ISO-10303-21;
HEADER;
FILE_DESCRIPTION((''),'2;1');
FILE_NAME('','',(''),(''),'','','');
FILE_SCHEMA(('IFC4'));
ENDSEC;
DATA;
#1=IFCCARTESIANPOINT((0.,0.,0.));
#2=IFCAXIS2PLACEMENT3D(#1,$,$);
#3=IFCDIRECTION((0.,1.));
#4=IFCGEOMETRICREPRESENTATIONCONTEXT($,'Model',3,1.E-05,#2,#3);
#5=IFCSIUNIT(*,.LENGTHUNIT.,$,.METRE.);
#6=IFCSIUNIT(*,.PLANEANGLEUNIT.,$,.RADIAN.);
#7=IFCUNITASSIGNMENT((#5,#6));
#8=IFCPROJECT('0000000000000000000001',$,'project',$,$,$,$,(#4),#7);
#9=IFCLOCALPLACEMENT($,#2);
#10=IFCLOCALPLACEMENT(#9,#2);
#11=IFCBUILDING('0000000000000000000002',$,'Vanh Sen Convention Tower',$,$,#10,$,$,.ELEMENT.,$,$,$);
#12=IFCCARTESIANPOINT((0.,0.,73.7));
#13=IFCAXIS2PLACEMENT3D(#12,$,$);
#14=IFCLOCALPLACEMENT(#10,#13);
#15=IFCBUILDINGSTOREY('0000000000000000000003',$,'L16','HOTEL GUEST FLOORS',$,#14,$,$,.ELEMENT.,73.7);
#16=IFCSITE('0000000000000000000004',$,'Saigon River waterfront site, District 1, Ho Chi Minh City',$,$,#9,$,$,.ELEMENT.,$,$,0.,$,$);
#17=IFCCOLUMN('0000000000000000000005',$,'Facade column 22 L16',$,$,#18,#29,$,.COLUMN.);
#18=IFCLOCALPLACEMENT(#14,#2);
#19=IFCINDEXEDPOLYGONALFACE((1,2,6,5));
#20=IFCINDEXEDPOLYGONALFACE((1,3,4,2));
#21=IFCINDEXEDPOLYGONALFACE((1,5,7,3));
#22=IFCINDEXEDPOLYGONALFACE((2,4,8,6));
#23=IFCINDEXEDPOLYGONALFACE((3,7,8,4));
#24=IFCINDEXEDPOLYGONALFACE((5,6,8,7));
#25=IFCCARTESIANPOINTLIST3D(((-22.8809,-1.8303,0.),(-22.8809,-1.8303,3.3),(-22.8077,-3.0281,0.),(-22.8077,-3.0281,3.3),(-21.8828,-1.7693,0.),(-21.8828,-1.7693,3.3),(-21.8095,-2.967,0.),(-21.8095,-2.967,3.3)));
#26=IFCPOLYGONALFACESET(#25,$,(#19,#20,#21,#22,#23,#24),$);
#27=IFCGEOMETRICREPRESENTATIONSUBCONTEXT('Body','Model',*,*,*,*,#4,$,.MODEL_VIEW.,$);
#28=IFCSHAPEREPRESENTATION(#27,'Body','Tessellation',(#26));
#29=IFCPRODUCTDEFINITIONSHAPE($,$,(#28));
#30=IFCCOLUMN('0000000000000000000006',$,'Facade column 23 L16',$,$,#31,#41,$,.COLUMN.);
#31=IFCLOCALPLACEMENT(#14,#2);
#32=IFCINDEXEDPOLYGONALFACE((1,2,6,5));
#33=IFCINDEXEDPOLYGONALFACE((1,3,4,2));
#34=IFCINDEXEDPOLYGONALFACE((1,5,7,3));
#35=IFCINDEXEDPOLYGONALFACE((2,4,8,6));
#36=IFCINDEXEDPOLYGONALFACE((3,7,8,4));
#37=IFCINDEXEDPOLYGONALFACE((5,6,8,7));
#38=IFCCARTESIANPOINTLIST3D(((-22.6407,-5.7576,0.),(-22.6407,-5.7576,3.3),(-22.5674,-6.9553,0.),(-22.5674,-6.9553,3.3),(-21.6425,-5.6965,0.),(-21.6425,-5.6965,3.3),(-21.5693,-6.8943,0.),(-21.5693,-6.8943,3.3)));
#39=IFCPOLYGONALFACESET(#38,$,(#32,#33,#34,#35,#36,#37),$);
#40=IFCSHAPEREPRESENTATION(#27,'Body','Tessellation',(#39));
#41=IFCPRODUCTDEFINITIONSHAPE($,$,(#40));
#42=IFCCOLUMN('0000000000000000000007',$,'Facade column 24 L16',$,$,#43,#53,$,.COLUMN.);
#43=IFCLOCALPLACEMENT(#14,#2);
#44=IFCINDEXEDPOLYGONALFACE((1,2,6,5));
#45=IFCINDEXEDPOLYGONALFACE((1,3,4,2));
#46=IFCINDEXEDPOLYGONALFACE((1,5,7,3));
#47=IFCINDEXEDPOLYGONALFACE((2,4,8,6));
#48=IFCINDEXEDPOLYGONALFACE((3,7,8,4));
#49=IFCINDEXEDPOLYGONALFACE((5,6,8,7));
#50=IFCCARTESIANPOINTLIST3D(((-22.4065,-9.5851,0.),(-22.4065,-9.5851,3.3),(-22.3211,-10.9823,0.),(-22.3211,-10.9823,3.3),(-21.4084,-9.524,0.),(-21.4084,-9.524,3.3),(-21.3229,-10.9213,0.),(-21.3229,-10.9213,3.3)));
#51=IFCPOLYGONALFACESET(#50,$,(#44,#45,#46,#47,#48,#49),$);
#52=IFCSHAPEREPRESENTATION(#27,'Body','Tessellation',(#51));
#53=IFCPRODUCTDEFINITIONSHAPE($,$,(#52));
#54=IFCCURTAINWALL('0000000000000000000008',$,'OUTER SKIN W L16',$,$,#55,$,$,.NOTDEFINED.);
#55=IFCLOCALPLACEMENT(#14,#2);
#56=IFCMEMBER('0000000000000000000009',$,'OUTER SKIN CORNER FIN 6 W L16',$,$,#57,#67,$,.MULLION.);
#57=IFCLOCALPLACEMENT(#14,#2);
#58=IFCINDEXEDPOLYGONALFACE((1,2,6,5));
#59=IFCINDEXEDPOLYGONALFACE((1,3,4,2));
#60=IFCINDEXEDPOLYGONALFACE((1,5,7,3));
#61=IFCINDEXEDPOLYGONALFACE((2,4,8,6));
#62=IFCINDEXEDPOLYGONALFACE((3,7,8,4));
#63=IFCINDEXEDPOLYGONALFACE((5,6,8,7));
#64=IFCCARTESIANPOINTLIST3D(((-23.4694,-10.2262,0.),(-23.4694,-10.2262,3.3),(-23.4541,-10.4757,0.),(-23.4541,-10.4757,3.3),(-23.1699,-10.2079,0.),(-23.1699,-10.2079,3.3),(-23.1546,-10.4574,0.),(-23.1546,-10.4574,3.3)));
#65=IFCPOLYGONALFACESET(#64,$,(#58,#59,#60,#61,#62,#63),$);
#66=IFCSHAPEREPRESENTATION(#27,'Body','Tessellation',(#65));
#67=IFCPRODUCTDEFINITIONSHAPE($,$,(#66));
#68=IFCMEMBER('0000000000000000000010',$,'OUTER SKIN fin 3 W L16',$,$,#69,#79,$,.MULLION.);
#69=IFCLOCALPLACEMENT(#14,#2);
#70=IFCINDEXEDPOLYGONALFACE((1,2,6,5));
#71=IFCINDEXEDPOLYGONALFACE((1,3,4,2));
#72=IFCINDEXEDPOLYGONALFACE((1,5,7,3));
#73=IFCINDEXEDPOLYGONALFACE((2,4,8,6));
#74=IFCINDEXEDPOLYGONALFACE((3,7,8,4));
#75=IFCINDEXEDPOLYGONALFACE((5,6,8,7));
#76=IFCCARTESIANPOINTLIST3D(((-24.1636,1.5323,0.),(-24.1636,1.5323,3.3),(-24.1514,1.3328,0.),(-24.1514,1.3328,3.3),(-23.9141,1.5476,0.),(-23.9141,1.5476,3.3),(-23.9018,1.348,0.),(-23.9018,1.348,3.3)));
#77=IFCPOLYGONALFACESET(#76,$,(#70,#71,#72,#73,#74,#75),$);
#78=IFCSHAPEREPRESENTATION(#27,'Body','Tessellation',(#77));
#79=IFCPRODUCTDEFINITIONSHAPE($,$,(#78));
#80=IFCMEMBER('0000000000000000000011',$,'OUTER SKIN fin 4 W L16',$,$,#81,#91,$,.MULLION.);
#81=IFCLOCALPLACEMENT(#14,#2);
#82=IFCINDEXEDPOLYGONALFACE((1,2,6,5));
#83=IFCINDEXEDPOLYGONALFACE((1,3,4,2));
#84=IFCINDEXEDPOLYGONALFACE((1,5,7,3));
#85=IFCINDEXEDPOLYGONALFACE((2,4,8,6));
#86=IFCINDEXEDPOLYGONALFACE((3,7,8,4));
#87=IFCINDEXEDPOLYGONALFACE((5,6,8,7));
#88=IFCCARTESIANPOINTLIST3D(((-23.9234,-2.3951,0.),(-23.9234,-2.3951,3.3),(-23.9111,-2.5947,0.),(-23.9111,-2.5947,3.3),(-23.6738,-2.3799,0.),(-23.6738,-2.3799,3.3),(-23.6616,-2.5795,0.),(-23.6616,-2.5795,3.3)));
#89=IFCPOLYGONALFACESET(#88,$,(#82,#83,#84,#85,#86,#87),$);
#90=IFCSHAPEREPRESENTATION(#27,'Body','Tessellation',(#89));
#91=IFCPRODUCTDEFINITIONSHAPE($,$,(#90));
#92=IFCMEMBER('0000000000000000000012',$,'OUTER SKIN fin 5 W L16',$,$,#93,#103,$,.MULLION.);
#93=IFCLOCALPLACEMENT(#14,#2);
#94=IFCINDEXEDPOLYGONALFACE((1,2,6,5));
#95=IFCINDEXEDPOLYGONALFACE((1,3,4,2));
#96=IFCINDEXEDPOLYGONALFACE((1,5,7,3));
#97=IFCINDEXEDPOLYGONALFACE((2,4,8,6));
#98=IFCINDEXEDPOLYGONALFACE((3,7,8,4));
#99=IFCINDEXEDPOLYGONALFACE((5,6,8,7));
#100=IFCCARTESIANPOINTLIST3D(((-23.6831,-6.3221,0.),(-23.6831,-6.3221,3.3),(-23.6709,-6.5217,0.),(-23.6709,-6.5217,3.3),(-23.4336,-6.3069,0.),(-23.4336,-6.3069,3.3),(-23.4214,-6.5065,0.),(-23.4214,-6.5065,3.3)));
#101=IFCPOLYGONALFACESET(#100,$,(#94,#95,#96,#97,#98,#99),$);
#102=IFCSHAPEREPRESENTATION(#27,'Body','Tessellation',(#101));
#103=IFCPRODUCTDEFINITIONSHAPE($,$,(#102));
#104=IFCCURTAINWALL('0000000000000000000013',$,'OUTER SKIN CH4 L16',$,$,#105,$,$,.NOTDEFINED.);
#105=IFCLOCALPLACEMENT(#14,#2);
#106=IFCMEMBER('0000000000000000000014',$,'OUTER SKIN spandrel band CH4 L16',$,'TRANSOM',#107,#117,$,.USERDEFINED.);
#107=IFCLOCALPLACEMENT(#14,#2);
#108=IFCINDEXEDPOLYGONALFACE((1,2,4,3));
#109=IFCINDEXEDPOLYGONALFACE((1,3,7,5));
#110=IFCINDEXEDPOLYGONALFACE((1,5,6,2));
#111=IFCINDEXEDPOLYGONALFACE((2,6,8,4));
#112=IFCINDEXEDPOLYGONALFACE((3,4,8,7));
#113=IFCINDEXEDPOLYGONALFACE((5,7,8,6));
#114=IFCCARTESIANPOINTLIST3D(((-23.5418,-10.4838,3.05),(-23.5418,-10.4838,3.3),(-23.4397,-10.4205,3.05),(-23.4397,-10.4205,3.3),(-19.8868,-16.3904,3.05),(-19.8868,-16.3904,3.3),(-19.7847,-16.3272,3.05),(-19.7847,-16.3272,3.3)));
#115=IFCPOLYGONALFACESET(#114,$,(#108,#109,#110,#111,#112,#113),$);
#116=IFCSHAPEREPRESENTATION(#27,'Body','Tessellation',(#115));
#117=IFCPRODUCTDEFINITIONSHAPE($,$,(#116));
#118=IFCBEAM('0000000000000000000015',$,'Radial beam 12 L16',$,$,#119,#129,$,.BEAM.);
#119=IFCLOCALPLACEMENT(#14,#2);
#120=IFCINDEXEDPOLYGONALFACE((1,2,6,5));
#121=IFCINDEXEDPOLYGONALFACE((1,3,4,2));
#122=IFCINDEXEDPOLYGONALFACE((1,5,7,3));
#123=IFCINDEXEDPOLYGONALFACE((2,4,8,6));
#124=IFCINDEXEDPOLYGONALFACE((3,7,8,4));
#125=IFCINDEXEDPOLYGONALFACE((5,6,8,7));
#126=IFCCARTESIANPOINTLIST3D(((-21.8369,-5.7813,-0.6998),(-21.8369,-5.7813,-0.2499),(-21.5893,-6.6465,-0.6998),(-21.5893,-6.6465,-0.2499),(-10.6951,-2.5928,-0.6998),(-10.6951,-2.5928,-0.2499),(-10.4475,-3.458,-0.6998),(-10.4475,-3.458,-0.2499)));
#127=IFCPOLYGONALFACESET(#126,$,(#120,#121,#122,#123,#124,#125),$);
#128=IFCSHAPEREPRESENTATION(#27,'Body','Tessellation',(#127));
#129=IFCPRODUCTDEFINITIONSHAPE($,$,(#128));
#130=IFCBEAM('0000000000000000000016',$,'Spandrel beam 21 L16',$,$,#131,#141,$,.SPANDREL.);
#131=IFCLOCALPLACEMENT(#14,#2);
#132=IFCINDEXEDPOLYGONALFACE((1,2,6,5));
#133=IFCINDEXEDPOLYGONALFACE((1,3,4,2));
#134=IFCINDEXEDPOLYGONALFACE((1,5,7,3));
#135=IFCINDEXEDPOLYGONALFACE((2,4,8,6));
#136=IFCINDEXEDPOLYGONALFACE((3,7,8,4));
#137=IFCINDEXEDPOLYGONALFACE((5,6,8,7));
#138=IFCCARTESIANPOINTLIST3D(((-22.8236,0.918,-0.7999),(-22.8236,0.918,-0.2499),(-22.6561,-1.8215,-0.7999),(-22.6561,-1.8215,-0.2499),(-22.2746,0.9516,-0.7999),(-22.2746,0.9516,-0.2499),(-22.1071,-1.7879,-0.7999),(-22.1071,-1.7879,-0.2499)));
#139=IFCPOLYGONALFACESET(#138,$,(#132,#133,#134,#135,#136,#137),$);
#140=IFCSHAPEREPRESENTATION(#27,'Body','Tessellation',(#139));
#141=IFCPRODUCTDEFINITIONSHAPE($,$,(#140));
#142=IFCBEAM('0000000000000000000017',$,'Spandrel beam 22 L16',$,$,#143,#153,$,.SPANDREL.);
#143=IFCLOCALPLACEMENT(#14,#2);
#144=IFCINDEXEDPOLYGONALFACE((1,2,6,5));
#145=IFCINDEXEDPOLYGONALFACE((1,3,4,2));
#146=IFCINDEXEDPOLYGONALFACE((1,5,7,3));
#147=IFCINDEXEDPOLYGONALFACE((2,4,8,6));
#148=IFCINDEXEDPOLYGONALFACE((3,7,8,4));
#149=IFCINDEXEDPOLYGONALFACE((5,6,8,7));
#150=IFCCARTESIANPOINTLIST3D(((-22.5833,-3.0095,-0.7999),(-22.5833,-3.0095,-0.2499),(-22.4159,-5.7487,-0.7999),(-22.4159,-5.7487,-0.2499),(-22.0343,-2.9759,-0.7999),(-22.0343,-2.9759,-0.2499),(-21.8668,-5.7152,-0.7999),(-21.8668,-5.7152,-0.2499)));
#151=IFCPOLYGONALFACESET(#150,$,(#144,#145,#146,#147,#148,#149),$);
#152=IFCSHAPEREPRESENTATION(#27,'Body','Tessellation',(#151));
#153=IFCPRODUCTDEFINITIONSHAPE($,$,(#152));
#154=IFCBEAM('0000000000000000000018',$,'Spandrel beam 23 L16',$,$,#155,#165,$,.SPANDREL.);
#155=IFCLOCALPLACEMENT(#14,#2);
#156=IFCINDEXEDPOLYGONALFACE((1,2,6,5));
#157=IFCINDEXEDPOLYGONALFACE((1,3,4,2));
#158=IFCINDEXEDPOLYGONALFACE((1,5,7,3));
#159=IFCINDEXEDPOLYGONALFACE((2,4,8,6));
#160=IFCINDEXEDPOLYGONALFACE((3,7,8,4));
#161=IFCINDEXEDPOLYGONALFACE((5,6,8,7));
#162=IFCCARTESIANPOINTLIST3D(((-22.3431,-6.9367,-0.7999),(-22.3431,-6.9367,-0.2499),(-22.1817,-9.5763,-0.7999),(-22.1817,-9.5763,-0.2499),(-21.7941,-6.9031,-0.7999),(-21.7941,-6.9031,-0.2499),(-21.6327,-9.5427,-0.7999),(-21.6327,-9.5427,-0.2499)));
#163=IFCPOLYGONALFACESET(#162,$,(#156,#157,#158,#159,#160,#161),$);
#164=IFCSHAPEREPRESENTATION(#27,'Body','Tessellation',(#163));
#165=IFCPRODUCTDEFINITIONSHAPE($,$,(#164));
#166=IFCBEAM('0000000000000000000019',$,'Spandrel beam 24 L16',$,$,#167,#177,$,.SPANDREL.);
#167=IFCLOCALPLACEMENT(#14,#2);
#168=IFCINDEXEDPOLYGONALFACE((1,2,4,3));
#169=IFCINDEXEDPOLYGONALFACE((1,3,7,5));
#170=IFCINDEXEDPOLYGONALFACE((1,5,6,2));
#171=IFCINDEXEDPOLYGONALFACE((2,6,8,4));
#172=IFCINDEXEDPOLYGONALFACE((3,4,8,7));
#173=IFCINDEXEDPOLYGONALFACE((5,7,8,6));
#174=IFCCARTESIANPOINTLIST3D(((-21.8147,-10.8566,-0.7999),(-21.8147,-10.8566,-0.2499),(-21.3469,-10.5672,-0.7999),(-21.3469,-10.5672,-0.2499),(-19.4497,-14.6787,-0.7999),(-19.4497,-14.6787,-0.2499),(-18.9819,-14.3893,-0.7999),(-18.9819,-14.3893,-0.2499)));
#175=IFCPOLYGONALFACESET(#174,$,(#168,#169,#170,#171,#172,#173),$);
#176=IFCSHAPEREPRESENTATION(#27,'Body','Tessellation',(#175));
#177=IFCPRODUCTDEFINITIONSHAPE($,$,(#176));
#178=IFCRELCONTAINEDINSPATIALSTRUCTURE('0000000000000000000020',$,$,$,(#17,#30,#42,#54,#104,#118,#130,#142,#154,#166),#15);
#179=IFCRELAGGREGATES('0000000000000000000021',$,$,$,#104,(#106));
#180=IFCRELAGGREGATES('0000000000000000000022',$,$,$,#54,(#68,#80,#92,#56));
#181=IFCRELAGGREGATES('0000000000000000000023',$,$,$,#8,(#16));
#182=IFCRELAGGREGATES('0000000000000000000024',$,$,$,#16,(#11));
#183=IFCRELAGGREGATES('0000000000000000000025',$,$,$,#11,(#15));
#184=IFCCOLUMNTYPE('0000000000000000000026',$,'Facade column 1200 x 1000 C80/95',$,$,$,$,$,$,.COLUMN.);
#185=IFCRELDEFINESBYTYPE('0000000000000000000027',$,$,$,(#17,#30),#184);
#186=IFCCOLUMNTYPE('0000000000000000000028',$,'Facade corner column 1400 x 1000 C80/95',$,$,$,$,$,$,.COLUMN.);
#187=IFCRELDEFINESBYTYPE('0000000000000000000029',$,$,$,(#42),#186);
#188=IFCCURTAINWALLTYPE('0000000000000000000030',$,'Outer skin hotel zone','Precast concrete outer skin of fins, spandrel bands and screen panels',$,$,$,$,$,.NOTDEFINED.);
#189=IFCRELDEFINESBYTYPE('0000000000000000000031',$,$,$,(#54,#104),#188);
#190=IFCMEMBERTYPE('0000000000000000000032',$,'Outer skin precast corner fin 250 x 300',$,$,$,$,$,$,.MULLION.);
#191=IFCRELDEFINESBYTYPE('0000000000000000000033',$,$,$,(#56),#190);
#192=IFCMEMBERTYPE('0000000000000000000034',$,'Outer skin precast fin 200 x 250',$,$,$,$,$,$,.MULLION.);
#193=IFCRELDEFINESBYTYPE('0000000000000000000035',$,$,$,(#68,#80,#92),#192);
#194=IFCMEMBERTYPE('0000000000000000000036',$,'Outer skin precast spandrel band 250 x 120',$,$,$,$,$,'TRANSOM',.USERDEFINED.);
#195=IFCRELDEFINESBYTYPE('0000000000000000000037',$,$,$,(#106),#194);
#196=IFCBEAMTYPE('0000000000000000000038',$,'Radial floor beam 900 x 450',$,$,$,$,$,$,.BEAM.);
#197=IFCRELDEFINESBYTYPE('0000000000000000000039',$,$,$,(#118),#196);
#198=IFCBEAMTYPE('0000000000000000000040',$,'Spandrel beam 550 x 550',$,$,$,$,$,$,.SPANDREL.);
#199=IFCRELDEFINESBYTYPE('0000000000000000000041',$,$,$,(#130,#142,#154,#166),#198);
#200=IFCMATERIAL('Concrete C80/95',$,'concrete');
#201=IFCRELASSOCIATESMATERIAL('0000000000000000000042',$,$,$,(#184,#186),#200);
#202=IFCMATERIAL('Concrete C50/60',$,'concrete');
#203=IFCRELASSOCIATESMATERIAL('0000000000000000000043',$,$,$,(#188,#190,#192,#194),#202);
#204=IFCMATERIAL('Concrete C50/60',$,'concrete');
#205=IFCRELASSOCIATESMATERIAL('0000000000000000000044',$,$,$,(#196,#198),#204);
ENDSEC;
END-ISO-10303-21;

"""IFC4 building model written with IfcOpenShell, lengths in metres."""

from ifc_helpers import new_model, si_unit, direction, frame, origin, origin_2d, place, context, subcontext, project, spatial, rectangle, extrude, material, material_profile, profile_set, type_object, element, aggregate, save


model = new_model("IFC4")

# Units and contexts
model_context = context("Model", 3, precision=1e-05, world=origin(), true_north=direction((0.0, 1.0)))
body_context = subcontext(model_context, "Body", "Model", "MODEL_VIEW")
ifc_project = project(units=[si_unit("LENGTHUNIT", "METRE"), si_unit("PLANEANGLEUNIT", "RADIAN")], contexts=[model_context])

# Site, building, storey
site_placement = place(None, origin())
site = spatial("IfcSite", under=ifc_project, at=site_placement, Name="Saigon River waterfront site, District 1, Ho Chi Minh City", CompositionType="ELEMENT", RefElevation=0.0)
building_placement = place(site_placement, origin())
building = spatial("IfcBuilding", under=site, at=building_placement, Name="Vanh Sen Convention Tower", CompositionType="ELEMENT")
storey_placement = place(building_placement, frame((0.0, 0.0, 73.7)))
storey = spatial("IfcBuildingStorey", under=building, at=storey_placement, Name="L16", Description="HOTEL GUEST FLOORS", CompositionType="ELEMENT", Elevation=73.7)

# Columns
ifc_material_1 = material(Name="Concrete C80/95", Category="concrete")
ifc_material_profile_1 = material_profile(ifc_material_1, rectangle(XDim=1.2, YDim=1.0, at=origin_2d()), Name="RC 1200X1000")
ifc_profile_set_1 = profile_set([ifc_material_profile_1], Name="Concrete C80/95")
column_type_1 = type_object("IfcColumnType", Name="Facade column 1200 x 1000 C80/95", PredefinedType="COLUMN", material=ifc_profile_set_1)
for number, where, z_axis, x_axis, name in (
    (1, (-22.3452, -2.3987, 0.0), (0.0, 0.0, 1.0), (0.061049, -0.998135, 0.0), "Facade column 22 L16"),
    (2, (-22.105, -6.3259, 0.0), (0.0, 0.0, 1.0), (0.061049, -0.998135, 0.0), "Facade column 23 L16"),
):
    element("IfcColumn", number, at=place(storey_placement, frame(where, z_axis=z_axis, x_axis=x_axis)), inside=storey, type_object=column_type_1, Name=name, PredefinedType="COLUMN", context=body_context, shape_type="SweptSolid", body=[
        extrude(rectangle(XDim=1.2, YDim=1.0, at=origin_2d()), origin(), (0.0, 0.0, 1.0), 3.3),
    ])
ifc_material_profile_2 = material_profile(ifc_material_1, rectangle(XDim=1.3999, YDim=1.0, at=origin_2d()), Name="RC 1400X1000")
ifc_profile_set_2 = profile_set([ifc_material_profile_2], Name="Concrete C80/95")
column_type_2 = type_object("IfcColumnType", Name="Facade corner column 1400 x 1000 C80/95", PredefinedType="COLUMN", material=ifc_profile_set_2)
column_placement = place(storey_placement, frame((-21.8647, -10.2532, 0.0), z_axis=(0.0, 0.0, 1.0), x_axis=(0.061049, -0.998135, 0.0)))
element("IfcColumn", 3, at=column_placement, inside=storey, type_object=column_type_2, Name="Facade column 24 L16", PredefinedType="COLUMN", context=body_context, shape_type="SweptSolid", body=[
    extrude(rectangle(XDim=1.3999, YDim=1.0, at=origin_2d()), origin(), (0.0, 0.0, 1.0), 3.3),
])

# Curtain wall, members
ifc_material_2 = material(Name="Concrete C50/60", Category="concrete")
curtain_wall_type = type_object("IfcCurtainWallType", Name="Outer skin hotel zone", Description="Precast concrete outer skin of fins, spandrel bands and screen panels", PredefinedType="NOTDEFINED", material=ifc_material_2)
curtain_wall_1_placement = place(storey_placement, origin())
curtain_wall_1 = element("IfcCurtainWall", 4, at=curtain_wall_1_placement, inside=storey, type_object=curtain_wall_type, Name="OUTER SKIN W L16", PredefinedType="NOTDEFINED")
ifc_material_profile_3 = material_profile(ifc_material_2, rectangle(XDim=0.25, YDim=0.3, at=origin_2d()), Name="Outer skin precast corner fin 250 x 300")
ifc_profile_set_3 = profile_set([ifc_material_profile_3], Name="Concrete C50/60")
member_type_1 = type_object("IfcMemberType", Name="Outer skin precast corner fin 250 x 300", PredefinedType="MULLION", material=ifc_profile_set_3)
member_1_placement = place(storey_placement, frame((-23.312, -10.3418, 0.0), z_axis=(0.0, 0.0, 1.0), x_axis=(0.061049, -0.998135, 0.0)))
member_1 = element("IfcMember", 5, at=member_1_placement, type_object=member_type_1, Name="OUTER SKIN CORNER FIN 6 W L16", PredefinedType="MULLION", context=body_context, shape_type="SweptSolid", body=[
    extrude(rectangle(XDim=0.25, YDim=0.3, at=origin_2d()), origin(), (0.0, 0.0, 1.0), 3.3),
])
ifc_material_profile_4 = material_profile(ifc_material_2, rectangle(XDim=0.2, YDim=0.25, at=origin_2d()), Name="Outer skin precast fin 200 x 250")
ifc_profile_set_4 = profile_set([ifc_material_profile_4], Name="Concrete C50/60")
member_type_2 = type_object("IfcMemberType", Name="Outer skin precast fin 200 x 250", PredefinedType="MULLION", material=ifc_profile_set_4)
member_2_placement = place(storey_placement, frame((-24.0327, 1.4402, 0.0), z_axis=(0.0, 0.0, 1.0), x_axis=(0.061049, -0.998135, 0.0)))
member_2 = element("IfcMember", 6, at=member_2_placement, type_object=member_type_2, Name="OUTER SKIN fin 3 W L16", PredefinedType="MULLION", context=body_context, shape_type="SweptSolid", body=[
    extrude(rectangle(XDim=0.2, YDim=0.25, at=origin_2d()), origin(), (0.0, 0.0, 1.0), 3.3),
])
member_3_placement = place(storey_placement, frame((-23.7925, -2.4873, 0.0), z_axis=(0.0, 0.0, 1.0), x_axis=(0.061049, -0.998135, 0.0)))
member_3 = element("IfcMember", 7, at=member_3_placement, type_object=member_type_2, Name="OUTER SKIN fin 4 W L16", PredefinedType="MULLION", context=body_context, shape_type="SweptSolid", body=[
    extrude(rectangle(XDim=0.2, YDim=0.25, at=origin_2d()), origin(), (0.0, 0.0, 1.0), 3.3),
])
member_4_placement = place(storey_placement, frame((-23.5522, -6.4143, 0.0), z_axis=(0.0, 0.0, 1.0), x_axis=(0.061049, -0.998135, 0.0)))
member_4 = element("IfcMember", 8, at=member_4_placement, type_object=member_type_2, Name="OUTER SKIN fin 5 W L16", PredefinedType="MULLION", context=body_context, shape_type="SweptSolid", body=[
    extrude(rectangle(XDim=0.2, YDim=0.25, at=origin_2d()), origin(), (0.0, 0.0, 1.0), 3.3),
])

# Curtain wall, member
curtain_wall_2_placement = place(storey_placement, origin())
curtain_wall_2 = element("IfcCurtainWall", 9, at=curtain_wall_2_placement, inside=storey, type_object=curtain_wall_type, Name="OUTER SKIN CH4 L16", PredefinedType="NOTDEFINED")
ifc_material_profile_5 = material_profile(ifc_material_2, rectangle(XDim=0.1201, YDim=0.25, at=origin_2d()), Name="Outer skin precast spandrel band 250 x 120")
ifc_profile_set_5 = profile_set([ifc_material_profile_5], Name="Concrete C50/60")
member_type_3 = type_object("IfcMemberType", Name="Outer skin precast spandrel band 250 x 120", ElementType="TRANSOM", PredefinedType="USERDEFINED", material=ifc_profile_set_5)
member_5_placement = place(storey_placement, frame((-23.4907, -10.4521, 3.175), z_axis=(0.526196, -0.850363, 0.0), x_axis=(0.850363, 0.526196, 0.0)))
member_5 = element("IfcMember", 10, at=member_5_placement, type_object=member_type_3, Name="OUTER SKIN spandrel band CH4 L16", ObjectType="TRANSOM", PredefinedType="USERDEFINED", context=body_context, shape_type="SweptSolid", body=[
    extrude(rectangle(XDim=0.1201, YDim=0.25, at=origin_2d()), origin(), (0.0, 0.0, 1.0), 6.946),
])
aggregate(curtain_wall_2, [member_5])

# Beams
ifc_material_3 = material(Name="Concrete C50/60", Category="concrete")
ifc_material_profile_6 = material_profile(ifc_material_3, rectangle(XDim=0.8999, YDim=0.45, at=origin_2d()), Name="RC 900X450")
ifc_profile_set_6 = profile_set([ifc_material_profile_6], Name="Concrete C50/60")
beam_type_1 = type_object("IfcBeamType", Name="Radial floor beam 900 x 450", PredefinedType="BEAM", material=ifc_profile_set_6)
beam_1_placement = place(storey_placement, frame((-21.7131, -6.2139, -0.4749), z_axis=(0.961408, 0.275127, 0.0), x_axis=(-0.275127, 0.961408, 0.0)))
element("IfcBeam", 11, at=beam_1_placement, inside=storey, type_object=beam_type_1, Name="Radial beam 12 L16", PredefinedType="BEAM", context=body_context, shape_type="SweptSolid", body=[
    extrude(rectangle(XDim=0.8999, YDim=0.45, at=origin_2d()), origin(), (0.0, 0.0, 1.0), 11.5891),
])
ifc_material_profile_7 = material_profile(ifc_material_3, rectangle(XDim=0.55, YDim=0.55, at=origin_2d()), Name="RC 550X550")
ifc_profile_set_7 = profile_set([ifc_material_profile_7], Name="Concrete C50/60")
beam_type_2 = type_object("IfcBeamType", Name="Spandrel beam 550 x 550", PredefinedType="SPANDREL", material=ifc_profile_set_7)
beam_2_placement = place(storey_placement, frame((-22.5491, 0.9348, -0.5249), z_axis=(0.061021, -0.998136, 0.0), x_axis=(0.998136, 0.061021, 0.0)))
element("IfcBeam", 12, at=beam_2_placement, inside=storey, type_object=beam_type_2, Name="Spandrel beam 21 L16", PredefinedType="SPANDREL", context=body_context, shape_type="SweptSolid", body=[
    extrude(rectangle(XDim=0.55, YDim=0.55, at=origin_2d()), origin(), (0.0, 0.0, 1.0), 2.7446),
])
beam_3_placement = place(storey_placement, frame((-22.3088, -2.9927, -0.5249), z_axis=(0.061027, -0.998136, 0.0), x_axis=(0.998136, 0.061027, 0.0)))
element("IfcBeam", 13, at=beam_3_placement, inside=storey, type_object=beam_type_2, Name="Spandrel beam 22 L16", PredefinedType="SPANDREL", context=body_context, shape_type="SweptSolid", body=[
    extrude(rectangle(XDim=0.55, YDim=0.55, at=origin_2d()), origin(), (0.0, 0.0, 1.0), 2.7444),
])
beam_4_placement = place(storey_placement, frame((-22.0686, -6.9199, -0.5249), z_axis=(0.061022, -0.998136, 0.0), x_axis=(0.998136, 0.061022, 0.0)))
element("IfcBeam", 14, at=beam_4_placement, inside=storey, type_object=beam_type_2, Name="Spandrel beam 23 L16", PredefinedType="SPANDREL", context=body_context, shape_type="SweptSolid", body=[
    extrude(rectangle(XDim=0.55, YDim=0.55, at=origin_2d()), origin(), (0.0, 0.0, 1.0), 2.6445),
])
beam_5_placement = place(storey_placement, frame((-21.5808, -10.7119, -0.5249), z_axis=(0.52619, -0.850367, 0.0), x_axis=(0.850367, 0.52619, 0.0)))
element("IfcBeam", 15, at=beam_5_placement, inside=storey, type_object=beam_type_2, Name="Spandrel beam 24 L16", PredefinedType="SPANDREL", context=body_context, shape_type="SweptSolid", body=[
    extrude(rectangle(XDim=0.55, YDim=0.55, at=origin_2d()), origin(), (0.0, 0.0, 1.0), 4.4946),
])

aggregate(curtain_wall_1, [member_2, member_3, member_4, member_1])

save(model, "model.ifc")
